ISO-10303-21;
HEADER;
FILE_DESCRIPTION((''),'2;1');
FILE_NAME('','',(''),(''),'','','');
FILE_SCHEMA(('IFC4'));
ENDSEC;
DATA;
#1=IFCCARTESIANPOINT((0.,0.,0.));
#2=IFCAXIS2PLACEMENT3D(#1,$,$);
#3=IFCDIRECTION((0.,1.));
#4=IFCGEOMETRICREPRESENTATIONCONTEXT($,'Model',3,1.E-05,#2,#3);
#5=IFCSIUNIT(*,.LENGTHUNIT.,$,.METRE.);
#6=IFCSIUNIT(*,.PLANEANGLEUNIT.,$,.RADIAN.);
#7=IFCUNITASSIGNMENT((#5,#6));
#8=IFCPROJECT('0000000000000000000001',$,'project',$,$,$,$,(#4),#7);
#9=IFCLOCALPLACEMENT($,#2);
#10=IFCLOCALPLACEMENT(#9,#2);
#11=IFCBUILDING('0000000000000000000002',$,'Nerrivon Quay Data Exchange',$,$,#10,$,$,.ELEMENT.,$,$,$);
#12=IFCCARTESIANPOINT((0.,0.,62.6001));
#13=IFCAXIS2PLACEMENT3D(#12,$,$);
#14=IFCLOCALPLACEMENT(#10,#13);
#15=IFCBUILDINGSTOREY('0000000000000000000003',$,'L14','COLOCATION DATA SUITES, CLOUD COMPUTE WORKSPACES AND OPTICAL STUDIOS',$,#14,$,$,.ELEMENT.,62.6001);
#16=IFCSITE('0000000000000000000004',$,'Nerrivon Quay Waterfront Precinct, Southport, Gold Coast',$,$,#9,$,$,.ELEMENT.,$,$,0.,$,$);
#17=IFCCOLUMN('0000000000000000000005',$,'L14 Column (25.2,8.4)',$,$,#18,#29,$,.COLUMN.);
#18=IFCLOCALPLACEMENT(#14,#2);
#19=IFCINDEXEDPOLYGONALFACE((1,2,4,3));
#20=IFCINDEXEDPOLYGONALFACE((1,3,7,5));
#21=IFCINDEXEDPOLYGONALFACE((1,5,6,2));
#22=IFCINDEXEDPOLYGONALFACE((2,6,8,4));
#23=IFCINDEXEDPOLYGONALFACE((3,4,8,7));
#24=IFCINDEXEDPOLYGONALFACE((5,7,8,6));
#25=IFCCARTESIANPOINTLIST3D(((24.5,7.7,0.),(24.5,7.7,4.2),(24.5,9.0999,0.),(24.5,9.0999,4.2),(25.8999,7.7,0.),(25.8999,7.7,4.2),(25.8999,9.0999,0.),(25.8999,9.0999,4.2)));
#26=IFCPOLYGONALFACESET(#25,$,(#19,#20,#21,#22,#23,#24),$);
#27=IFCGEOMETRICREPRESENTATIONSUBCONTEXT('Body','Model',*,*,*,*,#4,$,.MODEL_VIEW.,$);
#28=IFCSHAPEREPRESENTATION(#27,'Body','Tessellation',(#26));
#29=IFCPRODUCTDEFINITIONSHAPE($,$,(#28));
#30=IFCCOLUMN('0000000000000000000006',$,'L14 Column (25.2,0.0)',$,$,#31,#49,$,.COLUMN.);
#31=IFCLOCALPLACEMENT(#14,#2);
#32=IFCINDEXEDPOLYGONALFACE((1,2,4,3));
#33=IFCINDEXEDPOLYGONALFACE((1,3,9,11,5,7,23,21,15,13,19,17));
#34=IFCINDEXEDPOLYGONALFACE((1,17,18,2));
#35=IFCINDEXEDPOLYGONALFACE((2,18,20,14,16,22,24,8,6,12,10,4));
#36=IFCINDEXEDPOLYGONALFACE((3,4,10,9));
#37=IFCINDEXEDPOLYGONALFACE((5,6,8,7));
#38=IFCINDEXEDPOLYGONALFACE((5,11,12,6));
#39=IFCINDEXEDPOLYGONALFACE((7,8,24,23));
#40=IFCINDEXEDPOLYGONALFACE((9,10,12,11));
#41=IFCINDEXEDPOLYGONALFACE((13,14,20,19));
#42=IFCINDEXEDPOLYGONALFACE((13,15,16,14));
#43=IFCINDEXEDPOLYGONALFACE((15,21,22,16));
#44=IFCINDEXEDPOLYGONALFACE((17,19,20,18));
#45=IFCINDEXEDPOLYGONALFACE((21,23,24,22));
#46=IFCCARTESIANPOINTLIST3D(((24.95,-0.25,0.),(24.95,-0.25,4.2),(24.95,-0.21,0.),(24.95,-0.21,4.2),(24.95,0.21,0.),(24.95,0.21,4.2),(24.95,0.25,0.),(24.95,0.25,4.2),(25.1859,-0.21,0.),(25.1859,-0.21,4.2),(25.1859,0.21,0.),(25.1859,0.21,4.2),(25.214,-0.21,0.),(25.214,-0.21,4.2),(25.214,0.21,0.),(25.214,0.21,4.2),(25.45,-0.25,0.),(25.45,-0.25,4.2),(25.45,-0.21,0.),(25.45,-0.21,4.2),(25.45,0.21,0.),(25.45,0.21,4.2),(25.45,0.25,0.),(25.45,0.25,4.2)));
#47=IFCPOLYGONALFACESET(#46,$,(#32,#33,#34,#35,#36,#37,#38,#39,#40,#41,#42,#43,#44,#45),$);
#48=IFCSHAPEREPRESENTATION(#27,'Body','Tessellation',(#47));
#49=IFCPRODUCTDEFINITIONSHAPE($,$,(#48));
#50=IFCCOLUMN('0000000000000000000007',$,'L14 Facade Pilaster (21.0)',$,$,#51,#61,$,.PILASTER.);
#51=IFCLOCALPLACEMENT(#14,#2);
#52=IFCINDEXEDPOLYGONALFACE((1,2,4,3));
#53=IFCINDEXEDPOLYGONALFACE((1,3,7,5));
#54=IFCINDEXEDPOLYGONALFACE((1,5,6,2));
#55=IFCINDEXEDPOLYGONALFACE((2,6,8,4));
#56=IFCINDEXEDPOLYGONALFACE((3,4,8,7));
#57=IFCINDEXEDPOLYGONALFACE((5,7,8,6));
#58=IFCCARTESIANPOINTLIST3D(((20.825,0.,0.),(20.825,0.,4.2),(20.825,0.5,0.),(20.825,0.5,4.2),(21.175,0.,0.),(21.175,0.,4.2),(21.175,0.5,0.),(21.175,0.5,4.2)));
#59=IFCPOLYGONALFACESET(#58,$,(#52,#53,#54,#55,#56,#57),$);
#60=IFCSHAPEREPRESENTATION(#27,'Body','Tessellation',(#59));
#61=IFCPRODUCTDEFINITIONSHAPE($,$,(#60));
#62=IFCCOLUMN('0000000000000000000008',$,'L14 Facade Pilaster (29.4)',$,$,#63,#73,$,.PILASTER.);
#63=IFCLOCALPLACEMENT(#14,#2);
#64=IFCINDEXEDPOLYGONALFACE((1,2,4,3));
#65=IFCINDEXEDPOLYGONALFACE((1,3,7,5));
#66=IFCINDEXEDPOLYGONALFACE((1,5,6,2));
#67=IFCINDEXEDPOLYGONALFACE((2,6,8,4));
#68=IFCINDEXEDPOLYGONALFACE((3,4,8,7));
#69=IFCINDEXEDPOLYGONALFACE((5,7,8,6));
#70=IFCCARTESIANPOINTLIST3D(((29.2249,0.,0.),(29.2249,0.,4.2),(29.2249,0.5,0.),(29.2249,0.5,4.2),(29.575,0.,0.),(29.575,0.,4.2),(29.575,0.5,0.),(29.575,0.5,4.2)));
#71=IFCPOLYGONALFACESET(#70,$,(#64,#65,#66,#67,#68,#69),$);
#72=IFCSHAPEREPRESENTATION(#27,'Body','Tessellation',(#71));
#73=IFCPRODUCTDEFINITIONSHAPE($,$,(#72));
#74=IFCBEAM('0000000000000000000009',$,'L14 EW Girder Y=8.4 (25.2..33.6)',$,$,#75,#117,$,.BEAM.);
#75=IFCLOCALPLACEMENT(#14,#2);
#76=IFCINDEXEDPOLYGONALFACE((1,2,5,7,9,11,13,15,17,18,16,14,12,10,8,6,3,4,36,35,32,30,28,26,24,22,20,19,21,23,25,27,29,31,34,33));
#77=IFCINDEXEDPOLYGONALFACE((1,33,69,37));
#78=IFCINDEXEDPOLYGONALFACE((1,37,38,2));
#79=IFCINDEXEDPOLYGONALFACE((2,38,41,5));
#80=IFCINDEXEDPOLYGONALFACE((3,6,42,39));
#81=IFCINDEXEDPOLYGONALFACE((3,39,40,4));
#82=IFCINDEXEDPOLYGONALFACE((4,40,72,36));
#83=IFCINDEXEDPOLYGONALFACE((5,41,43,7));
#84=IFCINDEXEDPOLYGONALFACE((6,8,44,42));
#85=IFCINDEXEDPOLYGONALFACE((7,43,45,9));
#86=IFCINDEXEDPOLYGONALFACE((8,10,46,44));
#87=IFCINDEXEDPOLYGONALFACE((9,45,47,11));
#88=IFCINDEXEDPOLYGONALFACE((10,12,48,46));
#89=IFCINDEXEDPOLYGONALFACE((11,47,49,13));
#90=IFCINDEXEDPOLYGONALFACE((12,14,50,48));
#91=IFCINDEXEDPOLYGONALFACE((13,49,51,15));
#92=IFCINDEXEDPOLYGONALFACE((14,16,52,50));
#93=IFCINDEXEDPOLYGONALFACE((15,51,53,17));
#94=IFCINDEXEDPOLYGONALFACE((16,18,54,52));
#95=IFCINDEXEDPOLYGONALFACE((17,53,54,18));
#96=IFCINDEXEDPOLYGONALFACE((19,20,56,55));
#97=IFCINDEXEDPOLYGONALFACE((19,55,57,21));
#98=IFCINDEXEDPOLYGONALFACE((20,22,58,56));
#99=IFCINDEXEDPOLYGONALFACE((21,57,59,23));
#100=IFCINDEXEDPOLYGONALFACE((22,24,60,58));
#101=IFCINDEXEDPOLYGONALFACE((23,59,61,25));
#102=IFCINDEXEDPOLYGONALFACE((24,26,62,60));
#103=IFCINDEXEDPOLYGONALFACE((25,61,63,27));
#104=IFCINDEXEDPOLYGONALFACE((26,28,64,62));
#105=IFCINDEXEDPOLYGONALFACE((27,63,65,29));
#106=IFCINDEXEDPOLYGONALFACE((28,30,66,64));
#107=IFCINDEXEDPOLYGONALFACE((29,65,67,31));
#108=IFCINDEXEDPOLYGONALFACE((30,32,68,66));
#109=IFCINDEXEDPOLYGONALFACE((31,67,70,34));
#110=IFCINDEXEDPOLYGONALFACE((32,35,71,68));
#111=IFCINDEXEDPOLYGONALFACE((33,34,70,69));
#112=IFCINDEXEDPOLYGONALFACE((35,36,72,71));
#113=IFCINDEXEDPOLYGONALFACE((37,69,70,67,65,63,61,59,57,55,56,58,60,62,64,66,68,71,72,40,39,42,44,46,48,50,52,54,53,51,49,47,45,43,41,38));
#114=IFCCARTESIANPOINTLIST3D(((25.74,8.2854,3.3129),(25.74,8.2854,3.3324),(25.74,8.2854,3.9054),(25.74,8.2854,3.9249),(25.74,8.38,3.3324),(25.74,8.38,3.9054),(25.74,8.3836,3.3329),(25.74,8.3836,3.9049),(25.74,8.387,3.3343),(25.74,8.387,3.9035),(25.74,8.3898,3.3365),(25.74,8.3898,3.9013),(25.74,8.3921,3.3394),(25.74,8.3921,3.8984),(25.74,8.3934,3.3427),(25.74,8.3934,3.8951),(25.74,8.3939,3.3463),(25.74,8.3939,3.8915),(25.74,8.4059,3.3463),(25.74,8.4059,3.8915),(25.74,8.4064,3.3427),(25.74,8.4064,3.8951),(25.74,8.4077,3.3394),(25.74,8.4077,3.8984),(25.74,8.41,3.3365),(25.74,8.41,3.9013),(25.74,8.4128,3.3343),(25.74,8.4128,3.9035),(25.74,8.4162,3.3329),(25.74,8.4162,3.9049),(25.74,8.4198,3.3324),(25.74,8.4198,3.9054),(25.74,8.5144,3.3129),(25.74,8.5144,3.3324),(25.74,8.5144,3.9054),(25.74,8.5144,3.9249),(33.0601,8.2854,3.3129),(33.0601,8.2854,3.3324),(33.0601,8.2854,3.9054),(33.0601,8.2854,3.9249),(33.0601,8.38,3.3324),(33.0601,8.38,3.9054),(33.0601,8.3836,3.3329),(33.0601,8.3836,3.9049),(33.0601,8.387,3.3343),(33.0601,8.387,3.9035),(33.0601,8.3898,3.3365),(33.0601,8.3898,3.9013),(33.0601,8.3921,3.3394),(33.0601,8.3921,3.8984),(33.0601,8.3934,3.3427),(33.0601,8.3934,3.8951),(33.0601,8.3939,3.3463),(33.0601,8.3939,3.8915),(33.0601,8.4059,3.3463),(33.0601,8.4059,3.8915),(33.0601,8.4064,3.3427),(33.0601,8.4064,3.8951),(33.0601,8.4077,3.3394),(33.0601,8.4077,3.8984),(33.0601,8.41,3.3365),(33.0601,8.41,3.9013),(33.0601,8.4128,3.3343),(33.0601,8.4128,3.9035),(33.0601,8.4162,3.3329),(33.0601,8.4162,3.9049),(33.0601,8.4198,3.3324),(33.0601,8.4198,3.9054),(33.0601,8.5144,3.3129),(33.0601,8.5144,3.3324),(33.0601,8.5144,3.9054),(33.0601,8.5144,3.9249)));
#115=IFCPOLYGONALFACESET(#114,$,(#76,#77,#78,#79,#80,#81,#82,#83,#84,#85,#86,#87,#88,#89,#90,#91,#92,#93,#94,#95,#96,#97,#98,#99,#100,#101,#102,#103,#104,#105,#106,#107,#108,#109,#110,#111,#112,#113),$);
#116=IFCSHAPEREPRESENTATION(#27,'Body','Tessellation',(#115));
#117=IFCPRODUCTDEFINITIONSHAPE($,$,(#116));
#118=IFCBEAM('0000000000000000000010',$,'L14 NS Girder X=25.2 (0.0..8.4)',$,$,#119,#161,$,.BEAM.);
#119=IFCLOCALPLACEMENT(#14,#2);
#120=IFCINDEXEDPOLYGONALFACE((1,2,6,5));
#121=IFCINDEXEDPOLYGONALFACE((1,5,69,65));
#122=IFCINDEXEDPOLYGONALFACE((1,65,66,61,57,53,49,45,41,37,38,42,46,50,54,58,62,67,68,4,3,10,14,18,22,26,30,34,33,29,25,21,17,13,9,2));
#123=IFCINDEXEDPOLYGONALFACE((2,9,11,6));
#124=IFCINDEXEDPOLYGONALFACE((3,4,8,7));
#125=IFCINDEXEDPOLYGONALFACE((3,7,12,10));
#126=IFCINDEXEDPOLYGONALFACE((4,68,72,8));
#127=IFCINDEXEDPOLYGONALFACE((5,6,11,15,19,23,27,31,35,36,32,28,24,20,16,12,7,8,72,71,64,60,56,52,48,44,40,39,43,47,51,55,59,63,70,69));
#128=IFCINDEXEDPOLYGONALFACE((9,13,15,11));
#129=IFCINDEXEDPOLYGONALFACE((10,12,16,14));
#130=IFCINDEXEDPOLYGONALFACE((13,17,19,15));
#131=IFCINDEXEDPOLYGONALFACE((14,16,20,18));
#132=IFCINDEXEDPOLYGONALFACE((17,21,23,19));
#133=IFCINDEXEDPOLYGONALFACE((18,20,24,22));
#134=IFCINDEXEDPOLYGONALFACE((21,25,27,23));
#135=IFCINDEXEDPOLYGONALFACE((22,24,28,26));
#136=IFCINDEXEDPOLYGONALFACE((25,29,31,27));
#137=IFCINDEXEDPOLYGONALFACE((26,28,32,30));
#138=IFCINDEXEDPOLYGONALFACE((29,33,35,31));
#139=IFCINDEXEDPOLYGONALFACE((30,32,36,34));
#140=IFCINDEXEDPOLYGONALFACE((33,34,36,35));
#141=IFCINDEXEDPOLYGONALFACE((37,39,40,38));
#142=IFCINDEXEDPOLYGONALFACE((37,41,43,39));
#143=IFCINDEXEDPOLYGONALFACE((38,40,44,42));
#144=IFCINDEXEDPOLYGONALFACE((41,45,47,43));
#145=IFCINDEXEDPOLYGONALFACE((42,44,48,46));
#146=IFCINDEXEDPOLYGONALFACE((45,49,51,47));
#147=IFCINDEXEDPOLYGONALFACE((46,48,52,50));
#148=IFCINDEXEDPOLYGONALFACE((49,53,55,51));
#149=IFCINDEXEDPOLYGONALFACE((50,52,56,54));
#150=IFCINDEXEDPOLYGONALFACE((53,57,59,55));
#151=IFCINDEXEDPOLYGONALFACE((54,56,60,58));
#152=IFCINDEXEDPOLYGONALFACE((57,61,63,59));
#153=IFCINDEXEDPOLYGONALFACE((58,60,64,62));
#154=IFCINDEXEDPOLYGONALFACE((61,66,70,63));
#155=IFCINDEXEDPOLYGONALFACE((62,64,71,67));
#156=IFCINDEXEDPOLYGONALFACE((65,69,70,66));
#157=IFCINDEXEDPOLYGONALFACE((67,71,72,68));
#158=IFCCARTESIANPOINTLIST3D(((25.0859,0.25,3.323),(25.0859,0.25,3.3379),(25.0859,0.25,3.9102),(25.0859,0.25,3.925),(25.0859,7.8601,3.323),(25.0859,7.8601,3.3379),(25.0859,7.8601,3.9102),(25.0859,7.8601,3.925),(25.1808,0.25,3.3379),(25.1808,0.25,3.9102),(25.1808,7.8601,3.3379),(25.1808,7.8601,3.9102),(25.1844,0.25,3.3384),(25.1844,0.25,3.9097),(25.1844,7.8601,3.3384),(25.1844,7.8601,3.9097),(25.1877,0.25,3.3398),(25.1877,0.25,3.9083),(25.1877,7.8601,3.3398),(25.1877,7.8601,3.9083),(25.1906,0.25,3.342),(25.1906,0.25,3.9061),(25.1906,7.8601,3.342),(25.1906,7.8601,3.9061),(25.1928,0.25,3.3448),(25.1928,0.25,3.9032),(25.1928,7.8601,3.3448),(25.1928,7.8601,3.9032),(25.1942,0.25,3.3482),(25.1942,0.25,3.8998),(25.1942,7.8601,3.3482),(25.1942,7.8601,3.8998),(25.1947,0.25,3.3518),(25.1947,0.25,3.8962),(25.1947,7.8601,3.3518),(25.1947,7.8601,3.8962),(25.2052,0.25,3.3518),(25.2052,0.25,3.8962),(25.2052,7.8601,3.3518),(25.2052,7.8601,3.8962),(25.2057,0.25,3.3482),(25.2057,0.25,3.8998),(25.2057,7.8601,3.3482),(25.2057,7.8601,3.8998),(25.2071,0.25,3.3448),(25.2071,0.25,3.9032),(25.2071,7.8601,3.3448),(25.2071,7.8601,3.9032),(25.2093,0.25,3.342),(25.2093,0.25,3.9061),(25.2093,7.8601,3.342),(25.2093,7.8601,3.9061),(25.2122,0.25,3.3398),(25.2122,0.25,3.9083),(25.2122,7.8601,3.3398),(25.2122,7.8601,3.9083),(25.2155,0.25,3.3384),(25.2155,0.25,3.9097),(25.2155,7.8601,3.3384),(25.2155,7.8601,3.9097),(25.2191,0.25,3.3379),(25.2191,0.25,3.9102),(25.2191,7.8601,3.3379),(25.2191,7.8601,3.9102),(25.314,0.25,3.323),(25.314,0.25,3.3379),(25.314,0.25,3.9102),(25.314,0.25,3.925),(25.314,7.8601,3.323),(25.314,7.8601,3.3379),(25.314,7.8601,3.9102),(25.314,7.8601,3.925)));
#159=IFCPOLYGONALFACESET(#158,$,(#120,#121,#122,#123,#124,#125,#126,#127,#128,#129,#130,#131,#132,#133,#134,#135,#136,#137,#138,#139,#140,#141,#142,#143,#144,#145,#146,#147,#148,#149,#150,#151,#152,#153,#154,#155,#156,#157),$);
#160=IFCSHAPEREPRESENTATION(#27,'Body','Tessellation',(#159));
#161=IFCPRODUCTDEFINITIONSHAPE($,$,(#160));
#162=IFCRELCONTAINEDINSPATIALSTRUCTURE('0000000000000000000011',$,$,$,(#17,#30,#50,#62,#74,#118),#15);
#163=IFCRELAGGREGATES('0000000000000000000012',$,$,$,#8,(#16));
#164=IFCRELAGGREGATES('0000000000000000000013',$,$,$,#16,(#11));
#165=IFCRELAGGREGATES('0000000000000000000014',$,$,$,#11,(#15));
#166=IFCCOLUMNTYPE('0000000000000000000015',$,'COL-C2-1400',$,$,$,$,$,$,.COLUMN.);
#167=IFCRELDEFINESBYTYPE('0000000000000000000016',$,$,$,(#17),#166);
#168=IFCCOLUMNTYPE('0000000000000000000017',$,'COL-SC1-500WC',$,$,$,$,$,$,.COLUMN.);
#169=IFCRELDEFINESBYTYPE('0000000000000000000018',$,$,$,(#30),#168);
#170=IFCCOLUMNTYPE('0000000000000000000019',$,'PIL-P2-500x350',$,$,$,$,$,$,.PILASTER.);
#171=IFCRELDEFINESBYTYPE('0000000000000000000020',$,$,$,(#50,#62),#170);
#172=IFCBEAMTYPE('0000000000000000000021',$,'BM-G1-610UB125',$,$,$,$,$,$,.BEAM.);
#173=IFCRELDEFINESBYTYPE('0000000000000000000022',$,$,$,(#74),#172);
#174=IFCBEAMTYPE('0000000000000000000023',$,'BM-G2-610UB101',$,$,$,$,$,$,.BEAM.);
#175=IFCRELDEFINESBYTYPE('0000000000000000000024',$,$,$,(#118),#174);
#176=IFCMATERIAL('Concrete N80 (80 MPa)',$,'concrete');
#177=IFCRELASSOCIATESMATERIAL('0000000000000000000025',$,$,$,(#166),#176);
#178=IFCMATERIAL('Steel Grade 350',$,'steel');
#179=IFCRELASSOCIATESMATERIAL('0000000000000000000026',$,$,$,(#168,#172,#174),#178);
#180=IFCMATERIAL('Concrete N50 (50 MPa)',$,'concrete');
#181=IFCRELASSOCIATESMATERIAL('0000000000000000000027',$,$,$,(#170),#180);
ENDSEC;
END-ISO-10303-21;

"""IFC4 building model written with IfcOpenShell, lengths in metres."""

from ifc_helpers import new_model, si_unit, direction, frame, origin, origin_2d, place, context, subcontext, project, spatial, rectangle, i_section, extrude, material, material_profile, profile_set, type_object, element, save


model = new_model("IFC4")

# Units and contexts
model_context = context("Model", 3, precision=1e-05, world=origin(), true_north=direction((0.0, 1.0)))
body_context = subcontext(model_context, "Body", "Model", "MODEL_VIEW")
ifc_project = project(units=[si_unit("LENGTHUNIT", "METRE"), si_unit("PLANEANGLEUNIT", "RADIAN")], contexts=[model_context])

# Site, building, storey
site_placement = place(None, origin())
site = spatial("IfcSite", under=ifc_project, at=site_placement, Name="Nerrivon Quay Waterfront Precinct, Southport, Gold Coast", CompositionType="ELEMENT", RefElevation=0.0)
building_placement = place(site_placement, origin())
building = spatial("IfcBuilding", under=site, at=building_placement, Name="Nerrivon Quay Data Exchange", CompositionType="ELEMENT")
storey_placement = place(building_placement, frame((0.0, 0.0, 62.6001)))
storey = spatial("IfcBuildingStorey", under=building, at=storey_placement, Name="L14", Description="COLOCATION DATA SUITES, CLOUD COMPUTE WORKSPACES AND OPTICAL STUDIOS", CompositionType="ELEMENT", Elevation=62.6001)

# Columns
ifc_material_1 = material(Name="Concrete N80 (80 MPa)", Category="concrete")
ifc_material_profile_1 = material_profile(ifc_material_1, rectangle(XDim=1.3999, YDim=1.3999, at=origin_2d()), Name="RC-COL-1400x1400")
ifc_profile_set_1 = profile_set([ifc_material_profile_1], Name="Concrete N80 (80 MPa)")
column_type_1 = type_object("IfcColumnType", Name="COL-C2-1400", PredefinedType="COLUMN", material=ifc_profile_set_1)
column_1_placement = place(storey_placement, frame((25.2, 8.3999, 0.0), z_axis=(0.0, 0.0, 1.0), x_axis=(1.0, 0.0, 0.0)))
element("IfcColumn", 1, at=column_1_placement, inside=storey, type_object=column_type_1, Name="L14 Column (25.2,8.4)", PredefinedType="COLUMN", context=body_context, shape_type="SweptSolid", body=[
    extrude(rectangle(XDim=1.3999, YDim=1.3999, at=origin_2d()), origin(), (0.0, 0.0, 1.0), 4.2),
])
ifc_material_2 = material(Name="Steel Grade 350", Category="steel")
ifc_material_profile_2 = material_profile(ifc_material_2, i_section(OverallWidth=0.5, OverallDepth=0.5, WebThickness=0.0281, FlangeThickness=0.04, at=origin_2d()), Name="500WC440")
ifc_profile_set_2 = profile_set([ifc_material_profile_2], Name="Steel Grade 350")
column_type_2 = type_object("IfcColumnType", Name="COL-SC1-500WC", PredefinedType="COLUMN", material=ifc_profile_set_2)
column_2_placement = place(storey_placement, frame((25.2, 0.0, 0.0), z_axis=(0.0, 0.0, 1.0), x_axis=(1.0, 0.0, 0.0)))
element("IfcColumn", 2, at=column_2_placement, inside=storey, type_object=column_type_2, Name="L14 Column (25.2,0.0)", PredefinedType="COLUMN", context=body_context, shape_type="SweptSolid", body=[
    extrude(i_section(OverallWidth=0.5, OverallDepth=0.5, WebThickness=0.0281, FlangeThickness=0.04, at=origin_2d()), origin(), (0.0, 0.0, 1.0), 4.2),
])
ifc_material_3 = material(Name="Concrete N50 (50 MPa)", Category="concrete")
ifc_material_profile_3 = material_profile(ifc_material_3, rectangle(XDim=0.3501, YDim=0.5, at=origin_2d()), Name="RC-PIL-500x350")
ifc_profile_set_3 = profile_set([ifc_material_profile_3], Name="Concrete N50 (50 MPa)")
column_type_3 = type_object("IfcColumnType", Name="PIL-P2-500x350", PredefinedType="PILASTER", material=ifc_profile_set_3)
for number, where, z_axis, x_axis, name in (
    (3, (21.0, 0.25, 0.0), (0.0, 0.0, 1.0), (1.0, 0.0, 0.0), "L14 Facade Pilaster (21.0)"),
    (4, (29.3999, 0.25, 0.0), (0.0, 0.0, 1.0), (1.0, 0.0, 0.0), "L14 Facade Pilaster (29.4)"),
):
    element("IfcColumn", number, at=place(storey_placement, frame(where, z_axis=z_axis, x_axis=x_axis)), inside=storey, type_object=column_type_3, Name=name, PredefinedType="PILASTER", context=body_context, shape_type="SweptSolid", body=[
        extrude(rectangle(XDim=0.3501, YDim=0.5, at=origin_2d()), origin(), (0.0, 0.0, 1.0), 4.2),
    ])

# Beams
ifc_material_profile_4 = material_profile(ifc_material_2, i_section(OverallWidth=0.229, OverallDepth=0.6121, WebThickness=0.012, FlangeThickness=0.0195, FilletRadius=0.0139, at=origin_2d()), Name="610UB125")
ifc_profile_set_4 = profile_set([ifc_material_profile_4], Name="Steel Grade 350")
beam_type_1 = type_object("IfcBeamType", Name="BM-G1-610UB125", PredefinedType="BEAM", material=ifc_profile_set_4)
beam_1_placement = place(storey_placement, frame((25.74, 8.3999, 3.6189), z_axis=(1.0, 0.0, 0.0), x_axis=(0.0, 1.0, 0.0)))
element("IfcBeam", 5, at=beam_1_placement, inside=storey, type_object=beam_type_1, Name="L14 EW Girder Y=8.4 (25.2..33.6)", PredefinedType="BEAM", context=body_context, shape_type="SweptSolid", body=[
    extrude(i_section(OverallWidth=0.229, OverallDepth=0.6121, WebThickness=0.012, FlangeThickness=0.0195, FilletRadius=0.0139, at=origin_2d()), origin(), (0.0, 0.0, 1.0), 7.3201),
])
ifc_material_profile_5 = material_profile(ifc_material_2, i_section(OverallWidth=0.228, OverallDepth=0.6021, WebThickness=0.0105, FlangeThickness=0.0149, FilletRadius=0.0139, at=origin_2d()), Name="610UB101")
ifc_profile_set_5 = profile_set([ifc_material_profile_5], Name="Steel Grade 350")
beam_type_2 = type_object("IfcBeamType", Name="BM-G2-610UB101", PredefinedType="BEAM", material=ifc_profile_set_5)
beam_2_placement = place(storey_placement, frame((25.2, 0.25, 3.624), z_axis=(0.0, 1.0, 0.0), x_axis=(-1.0, 0.0, 0.0)))
element("IfcBeam", 6, at=beam_2_placement, inside=storey, type_object=beam_type_2, Name="L14 NS Girder X=25.2 (0.0..8.4)", PredefinedType="BEAM", context=body_context, shape_type="SweptSolid", body=[
    extrude(i_section(OverallWidth=0.228, OverallDepth=0.6021, WebThickness=0.0105, FlangeThickness=0.0149, FilletRadius=0.0139, at=origin_2d()), origin(), (0.0, 0.0, 1.0), 7.6101),
])

save(model, "model.ifc")
